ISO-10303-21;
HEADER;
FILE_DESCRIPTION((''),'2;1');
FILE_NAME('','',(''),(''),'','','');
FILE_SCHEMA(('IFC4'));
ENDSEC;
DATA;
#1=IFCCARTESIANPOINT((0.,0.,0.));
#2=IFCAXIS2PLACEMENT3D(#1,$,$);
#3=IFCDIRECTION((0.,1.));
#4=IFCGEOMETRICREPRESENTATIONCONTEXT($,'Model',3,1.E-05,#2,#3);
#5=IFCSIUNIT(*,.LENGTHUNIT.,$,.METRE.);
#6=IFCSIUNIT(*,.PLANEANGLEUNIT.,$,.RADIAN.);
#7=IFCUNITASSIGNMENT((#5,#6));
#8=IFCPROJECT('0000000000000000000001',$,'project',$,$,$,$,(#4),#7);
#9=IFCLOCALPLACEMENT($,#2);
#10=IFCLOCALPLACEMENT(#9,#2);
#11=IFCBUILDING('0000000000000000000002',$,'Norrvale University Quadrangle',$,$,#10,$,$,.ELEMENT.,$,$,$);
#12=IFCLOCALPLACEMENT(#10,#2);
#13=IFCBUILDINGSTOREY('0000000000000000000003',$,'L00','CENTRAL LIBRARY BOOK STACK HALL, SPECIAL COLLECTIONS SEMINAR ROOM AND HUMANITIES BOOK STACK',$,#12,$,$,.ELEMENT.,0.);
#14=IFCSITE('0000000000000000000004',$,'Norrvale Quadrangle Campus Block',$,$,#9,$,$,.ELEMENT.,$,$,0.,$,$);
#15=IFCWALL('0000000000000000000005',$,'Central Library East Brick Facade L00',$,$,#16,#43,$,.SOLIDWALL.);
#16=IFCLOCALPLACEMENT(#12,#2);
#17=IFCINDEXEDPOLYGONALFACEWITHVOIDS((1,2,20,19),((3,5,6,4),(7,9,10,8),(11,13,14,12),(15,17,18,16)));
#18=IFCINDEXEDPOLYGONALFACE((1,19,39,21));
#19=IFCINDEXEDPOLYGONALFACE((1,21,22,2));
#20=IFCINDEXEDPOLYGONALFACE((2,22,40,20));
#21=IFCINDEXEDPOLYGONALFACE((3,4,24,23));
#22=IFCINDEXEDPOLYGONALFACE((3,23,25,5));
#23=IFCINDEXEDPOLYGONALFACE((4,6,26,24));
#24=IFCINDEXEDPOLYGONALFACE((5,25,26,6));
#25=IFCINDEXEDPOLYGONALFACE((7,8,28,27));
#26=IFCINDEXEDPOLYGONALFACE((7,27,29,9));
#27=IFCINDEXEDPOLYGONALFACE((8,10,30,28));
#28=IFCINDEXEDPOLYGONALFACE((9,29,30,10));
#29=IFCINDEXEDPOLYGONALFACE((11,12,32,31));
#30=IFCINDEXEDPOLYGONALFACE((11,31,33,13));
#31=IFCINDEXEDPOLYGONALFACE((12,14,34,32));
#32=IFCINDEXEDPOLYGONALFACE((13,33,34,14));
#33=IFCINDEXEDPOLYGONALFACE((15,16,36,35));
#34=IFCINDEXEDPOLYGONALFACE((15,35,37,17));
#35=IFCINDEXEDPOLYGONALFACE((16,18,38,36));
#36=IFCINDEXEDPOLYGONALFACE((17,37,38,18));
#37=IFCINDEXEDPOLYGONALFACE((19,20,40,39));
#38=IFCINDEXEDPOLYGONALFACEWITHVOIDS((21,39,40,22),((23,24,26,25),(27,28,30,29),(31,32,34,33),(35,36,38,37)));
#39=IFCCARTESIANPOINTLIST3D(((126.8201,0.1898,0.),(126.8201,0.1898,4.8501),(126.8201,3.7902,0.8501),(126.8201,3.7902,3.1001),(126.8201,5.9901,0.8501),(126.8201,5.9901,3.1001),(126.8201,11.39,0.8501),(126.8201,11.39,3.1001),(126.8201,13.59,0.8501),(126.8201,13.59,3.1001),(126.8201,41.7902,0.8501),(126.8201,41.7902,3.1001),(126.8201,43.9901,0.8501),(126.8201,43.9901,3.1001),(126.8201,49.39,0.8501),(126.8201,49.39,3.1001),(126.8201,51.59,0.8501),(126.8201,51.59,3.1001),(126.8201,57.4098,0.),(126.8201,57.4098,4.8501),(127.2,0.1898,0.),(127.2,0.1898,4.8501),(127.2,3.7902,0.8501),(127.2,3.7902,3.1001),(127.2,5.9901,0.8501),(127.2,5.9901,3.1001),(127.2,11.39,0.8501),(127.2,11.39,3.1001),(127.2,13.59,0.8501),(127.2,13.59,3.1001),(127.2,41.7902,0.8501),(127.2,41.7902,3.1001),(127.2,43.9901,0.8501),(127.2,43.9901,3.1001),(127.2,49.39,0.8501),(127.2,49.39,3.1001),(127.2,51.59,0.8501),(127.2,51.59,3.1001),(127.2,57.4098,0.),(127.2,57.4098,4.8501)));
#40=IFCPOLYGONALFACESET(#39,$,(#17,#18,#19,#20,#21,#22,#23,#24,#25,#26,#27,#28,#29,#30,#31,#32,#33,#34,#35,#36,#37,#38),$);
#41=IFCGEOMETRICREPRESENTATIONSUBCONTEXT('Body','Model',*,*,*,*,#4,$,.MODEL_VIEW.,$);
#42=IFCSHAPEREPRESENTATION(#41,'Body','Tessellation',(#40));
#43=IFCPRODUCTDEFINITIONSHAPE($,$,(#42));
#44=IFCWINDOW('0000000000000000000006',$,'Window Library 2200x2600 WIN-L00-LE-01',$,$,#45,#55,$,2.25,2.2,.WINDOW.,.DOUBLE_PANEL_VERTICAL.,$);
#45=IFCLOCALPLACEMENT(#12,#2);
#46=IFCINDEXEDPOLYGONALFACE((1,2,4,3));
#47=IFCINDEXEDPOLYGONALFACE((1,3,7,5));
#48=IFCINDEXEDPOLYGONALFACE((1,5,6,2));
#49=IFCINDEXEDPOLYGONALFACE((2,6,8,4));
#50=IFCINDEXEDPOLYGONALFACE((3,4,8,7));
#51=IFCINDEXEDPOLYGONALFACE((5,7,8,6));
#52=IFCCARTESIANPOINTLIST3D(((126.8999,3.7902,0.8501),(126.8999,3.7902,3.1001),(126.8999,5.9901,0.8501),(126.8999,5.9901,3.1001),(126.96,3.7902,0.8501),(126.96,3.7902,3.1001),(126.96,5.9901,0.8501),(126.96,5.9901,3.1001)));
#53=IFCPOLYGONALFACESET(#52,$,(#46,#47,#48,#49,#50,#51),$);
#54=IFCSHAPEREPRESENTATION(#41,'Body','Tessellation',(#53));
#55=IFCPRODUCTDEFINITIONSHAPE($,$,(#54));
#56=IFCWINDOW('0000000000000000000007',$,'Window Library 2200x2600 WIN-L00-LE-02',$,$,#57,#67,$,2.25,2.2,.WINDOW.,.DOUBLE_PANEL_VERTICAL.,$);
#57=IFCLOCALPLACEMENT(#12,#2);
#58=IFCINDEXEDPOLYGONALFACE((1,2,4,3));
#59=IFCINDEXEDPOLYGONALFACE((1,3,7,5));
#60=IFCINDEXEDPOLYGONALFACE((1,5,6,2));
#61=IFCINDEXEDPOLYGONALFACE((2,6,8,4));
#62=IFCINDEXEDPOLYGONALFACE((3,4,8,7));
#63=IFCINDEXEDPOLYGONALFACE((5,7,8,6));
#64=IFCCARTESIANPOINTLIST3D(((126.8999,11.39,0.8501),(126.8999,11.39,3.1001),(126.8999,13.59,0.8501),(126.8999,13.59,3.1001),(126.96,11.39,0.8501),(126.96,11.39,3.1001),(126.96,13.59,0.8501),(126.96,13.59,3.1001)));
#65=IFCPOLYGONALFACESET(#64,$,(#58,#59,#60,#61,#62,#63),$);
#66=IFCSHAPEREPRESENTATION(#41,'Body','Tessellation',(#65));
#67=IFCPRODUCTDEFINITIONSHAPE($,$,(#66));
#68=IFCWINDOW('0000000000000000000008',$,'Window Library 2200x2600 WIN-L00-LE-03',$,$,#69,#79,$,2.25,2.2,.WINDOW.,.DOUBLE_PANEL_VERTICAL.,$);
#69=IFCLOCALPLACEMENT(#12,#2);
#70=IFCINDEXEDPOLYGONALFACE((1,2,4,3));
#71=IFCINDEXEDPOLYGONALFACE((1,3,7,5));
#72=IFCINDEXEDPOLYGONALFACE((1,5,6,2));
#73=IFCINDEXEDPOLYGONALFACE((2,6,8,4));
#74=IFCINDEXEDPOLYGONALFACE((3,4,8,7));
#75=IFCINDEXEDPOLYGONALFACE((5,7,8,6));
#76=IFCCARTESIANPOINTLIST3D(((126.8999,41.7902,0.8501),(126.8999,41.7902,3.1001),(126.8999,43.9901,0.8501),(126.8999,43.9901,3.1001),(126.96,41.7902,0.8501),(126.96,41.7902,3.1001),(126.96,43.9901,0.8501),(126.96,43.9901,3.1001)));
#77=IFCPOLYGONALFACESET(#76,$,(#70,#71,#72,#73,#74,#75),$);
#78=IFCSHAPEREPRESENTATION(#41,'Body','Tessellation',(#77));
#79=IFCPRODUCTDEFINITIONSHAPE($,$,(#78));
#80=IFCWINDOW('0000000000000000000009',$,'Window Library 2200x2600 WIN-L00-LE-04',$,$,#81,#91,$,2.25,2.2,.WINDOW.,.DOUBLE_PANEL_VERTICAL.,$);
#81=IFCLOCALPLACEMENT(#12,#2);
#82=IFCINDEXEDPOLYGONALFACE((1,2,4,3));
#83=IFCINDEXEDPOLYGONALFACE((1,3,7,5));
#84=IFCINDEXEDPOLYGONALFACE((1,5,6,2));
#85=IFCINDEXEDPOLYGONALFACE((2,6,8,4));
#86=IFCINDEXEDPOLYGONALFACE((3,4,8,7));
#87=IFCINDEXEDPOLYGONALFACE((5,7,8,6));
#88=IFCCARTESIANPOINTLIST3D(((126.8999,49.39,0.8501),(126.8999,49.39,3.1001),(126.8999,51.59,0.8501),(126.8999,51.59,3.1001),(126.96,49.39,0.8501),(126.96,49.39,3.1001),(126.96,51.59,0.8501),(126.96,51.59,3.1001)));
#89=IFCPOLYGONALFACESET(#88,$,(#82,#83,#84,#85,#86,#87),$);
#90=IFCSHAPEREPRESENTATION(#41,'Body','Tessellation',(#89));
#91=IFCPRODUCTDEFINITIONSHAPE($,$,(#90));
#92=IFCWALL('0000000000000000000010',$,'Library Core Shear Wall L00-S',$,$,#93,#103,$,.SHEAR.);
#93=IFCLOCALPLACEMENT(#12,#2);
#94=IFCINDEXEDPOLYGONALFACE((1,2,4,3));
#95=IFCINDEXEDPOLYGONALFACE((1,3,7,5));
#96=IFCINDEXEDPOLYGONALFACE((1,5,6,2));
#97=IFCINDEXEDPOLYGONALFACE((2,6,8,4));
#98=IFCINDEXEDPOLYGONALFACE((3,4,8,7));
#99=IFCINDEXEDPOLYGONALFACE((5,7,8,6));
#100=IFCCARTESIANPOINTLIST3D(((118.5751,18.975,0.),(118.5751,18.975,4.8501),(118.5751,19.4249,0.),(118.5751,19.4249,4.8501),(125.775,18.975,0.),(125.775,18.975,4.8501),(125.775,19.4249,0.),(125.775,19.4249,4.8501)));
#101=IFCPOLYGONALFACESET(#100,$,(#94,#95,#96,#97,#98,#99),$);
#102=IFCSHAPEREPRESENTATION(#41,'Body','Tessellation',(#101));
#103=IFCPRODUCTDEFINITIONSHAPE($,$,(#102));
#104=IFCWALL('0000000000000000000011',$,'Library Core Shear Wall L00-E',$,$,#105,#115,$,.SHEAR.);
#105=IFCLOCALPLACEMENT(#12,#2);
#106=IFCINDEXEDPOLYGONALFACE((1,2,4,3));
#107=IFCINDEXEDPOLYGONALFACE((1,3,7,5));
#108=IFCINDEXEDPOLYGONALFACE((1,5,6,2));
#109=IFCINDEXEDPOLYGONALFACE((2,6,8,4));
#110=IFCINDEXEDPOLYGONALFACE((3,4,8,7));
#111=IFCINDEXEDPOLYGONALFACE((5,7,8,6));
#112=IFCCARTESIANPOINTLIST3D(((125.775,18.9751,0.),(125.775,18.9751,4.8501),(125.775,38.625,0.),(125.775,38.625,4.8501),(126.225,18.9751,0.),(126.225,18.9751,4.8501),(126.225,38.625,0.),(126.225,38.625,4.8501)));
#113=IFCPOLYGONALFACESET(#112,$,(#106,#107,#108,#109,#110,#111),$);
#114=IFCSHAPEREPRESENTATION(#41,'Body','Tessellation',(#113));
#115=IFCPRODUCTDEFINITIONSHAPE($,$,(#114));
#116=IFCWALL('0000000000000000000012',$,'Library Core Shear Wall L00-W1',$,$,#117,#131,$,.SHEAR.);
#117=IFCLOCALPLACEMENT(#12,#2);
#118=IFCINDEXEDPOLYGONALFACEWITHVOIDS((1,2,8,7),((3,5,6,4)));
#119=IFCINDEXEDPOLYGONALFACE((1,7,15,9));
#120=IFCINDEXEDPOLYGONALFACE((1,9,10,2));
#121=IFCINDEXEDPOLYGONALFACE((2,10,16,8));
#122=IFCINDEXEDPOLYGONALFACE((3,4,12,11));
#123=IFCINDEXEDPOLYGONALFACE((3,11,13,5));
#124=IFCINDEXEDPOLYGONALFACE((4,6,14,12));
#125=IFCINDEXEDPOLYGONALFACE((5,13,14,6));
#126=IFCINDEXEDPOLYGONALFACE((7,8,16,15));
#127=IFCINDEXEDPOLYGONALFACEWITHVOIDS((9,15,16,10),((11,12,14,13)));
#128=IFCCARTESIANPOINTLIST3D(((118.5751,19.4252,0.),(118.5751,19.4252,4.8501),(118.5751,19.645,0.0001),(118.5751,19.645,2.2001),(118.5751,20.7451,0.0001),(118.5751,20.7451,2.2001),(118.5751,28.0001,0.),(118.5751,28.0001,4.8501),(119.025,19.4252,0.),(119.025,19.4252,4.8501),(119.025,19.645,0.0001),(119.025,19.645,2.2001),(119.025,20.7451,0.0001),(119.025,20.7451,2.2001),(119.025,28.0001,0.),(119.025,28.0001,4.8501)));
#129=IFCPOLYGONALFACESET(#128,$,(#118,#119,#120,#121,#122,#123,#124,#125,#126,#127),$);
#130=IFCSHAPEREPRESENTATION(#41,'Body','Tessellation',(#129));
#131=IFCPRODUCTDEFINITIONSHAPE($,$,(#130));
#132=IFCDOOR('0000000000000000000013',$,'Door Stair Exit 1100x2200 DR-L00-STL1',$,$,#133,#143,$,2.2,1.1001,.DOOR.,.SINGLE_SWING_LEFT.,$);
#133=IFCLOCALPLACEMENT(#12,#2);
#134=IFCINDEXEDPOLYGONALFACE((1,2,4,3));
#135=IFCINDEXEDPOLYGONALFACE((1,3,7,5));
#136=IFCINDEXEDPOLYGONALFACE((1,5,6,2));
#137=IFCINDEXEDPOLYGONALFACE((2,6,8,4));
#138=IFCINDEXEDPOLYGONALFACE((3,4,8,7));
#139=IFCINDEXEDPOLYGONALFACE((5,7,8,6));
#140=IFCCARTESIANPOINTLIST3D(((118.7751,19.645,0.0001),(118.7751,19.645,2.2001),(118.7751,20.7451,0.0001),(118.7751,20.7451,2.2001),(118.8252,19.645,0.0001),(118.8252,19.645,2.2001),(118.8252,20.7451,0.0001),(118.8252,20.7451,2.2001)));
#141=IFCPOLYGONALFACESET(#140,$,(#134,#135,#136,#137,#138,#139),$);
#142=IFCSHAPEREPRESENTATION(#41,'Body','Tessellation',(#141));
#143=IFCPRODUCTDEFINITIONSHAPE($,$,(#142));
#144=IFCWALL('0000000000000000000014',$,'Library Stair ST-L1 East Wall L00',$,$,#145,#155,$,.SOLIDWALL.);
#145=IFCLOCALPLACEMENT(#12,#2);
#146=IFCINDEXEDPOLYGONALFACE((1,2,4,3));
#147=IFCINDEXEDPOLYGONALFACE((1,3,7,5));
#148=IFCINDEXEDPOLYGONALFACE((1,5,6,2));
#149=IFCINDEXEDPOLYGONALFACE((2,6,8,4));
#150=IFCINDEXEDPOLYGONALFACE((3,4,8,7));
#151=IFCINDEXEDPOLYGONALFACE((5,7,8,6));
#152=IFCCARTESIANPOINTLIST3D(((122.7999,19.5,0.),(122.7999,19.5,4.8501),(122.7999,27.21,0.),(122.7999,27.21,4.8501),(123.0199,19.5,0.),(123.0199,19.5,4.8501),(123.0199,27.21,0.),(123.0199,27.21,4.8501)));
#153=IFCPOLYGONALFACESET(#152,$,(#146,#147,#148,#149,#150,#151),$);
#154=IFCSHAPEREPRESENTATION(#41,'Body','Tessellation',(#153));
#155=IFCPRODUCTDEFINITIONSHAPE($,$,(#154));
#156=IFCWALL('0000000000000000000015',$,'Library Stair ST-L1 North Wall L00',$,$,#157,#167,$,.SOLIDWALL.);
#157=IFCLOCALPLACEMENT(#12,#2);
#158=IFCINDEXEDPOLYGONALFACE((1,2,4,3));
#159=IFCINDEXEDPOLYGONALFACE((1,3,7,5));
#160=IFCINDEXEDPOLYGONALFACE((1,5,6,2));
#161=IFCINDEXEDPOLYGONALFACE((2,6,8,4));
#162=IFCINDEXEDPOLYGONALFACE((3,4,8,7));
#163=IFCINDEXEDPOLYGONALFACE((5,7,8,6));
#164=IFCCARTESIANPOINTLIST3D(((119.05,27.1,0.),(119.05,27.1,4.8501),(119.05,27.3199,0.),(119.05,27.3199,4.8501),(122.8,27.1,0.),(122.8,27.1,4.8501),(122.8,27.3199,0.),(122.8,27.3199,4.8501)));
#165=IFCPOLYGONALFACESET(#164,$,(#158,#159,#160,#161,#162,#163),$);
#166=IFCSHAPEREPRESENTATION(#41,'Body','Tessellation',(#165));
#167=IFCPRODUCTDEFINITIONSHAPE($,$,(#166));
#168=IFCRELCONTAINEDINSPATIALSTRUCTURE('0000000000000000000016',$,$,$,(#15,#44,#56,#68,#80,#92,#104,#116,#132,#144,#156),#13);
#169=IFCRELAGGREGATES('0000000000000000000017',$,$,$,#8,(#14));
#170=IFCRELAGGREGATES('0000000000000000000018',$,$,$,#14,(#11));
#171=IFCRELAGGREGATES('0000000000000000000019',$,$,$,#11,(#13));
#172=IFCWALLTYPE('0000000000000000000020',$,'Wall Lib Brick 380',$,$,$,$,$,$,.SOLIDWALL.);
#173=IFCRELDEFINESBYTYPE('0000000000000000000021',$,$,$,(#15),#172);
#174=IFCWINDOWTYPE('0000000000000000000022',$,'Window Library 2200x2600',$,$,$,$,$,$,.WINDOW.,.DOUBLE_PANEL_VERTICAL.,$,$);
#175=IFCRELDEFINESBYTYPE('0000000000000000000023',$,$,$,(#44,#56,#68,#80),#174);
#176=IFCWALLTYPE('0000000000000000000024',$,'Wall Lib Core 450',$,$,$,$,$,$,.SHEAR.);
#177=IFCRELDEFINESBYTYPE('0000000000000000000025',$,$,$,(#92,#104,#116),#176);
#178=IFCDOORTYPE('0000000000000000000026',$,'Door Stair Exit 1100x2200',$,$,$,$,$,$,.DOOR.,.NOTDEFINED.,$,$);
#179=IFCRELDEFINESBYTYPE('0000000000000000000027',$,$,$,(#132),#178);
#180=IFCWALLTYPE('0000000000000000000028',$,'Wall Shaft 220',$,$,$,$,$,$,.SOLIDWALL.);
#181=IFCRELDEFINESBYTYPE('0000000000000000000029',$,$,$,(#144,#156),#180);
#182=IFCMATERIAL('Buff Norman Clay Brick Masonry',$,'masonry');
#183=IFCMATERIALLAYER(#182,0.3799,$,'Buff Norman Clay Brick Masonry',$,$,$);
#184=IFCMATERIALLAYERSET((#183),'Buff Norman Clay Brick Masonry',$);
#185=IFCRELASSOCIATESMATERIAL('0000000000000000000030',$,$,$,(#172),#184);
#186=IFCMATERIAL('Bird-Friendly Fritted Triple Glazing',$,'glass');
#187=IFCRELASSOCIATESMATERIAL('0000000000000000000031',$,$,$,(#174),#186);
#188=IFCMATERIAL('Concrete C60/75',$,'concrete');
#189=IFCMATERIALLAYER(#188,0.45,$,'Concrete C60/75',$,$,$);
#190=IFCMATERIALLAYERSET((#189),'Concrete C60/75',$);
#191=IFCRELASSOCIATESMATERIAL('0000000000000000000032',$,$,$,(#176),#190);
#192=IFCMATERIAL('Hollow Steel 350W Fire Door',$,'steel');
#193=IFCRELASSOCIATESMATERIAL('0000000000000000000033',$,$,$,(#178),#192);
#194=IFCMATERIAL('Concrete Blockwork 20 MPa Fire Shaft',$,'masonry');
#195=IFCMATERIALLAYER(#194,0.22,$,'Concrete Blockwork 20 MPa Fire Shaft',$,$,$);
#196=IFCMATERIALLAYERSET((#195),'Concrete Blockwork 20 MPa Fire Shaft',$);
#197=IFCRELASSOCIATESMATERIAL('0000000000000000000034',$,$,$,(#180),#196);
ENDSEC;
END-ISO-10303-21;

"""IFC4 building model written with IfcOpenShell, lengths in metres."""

from ifc_helpers import new_model, si_unit, direction, frame, frame_2d, origin, place, context, subcontext, project, spatial, rectangle, extrude, material, layer, layer_set, type_object, element, fill, save


model = new_model("IFC4")

# Units and contexts
model_context = context("Model", 3, precision=1e-05, world=origin(), true_north=direction((0.0, 1.0)))
body_context = subcontext(model_context, "Body", "Model", "MODEL_VIEW")
ifc_project = project(units=[si_unit("LENGTHUNIT", "METRE"), si_unit("PLANEANGLEUNIT", "RADIAN")], contexts=[model_context])

# Site, building, storey
site_placement = place(None, origin())
site = spatial("IfcSite", under=ifc_project, at=site_placement, Name="Norrvale Quadrangle Campus Block", CompositionType="ELEMENT", RefElevation=0.0)
building_placement = place(site_placement, origin())
building = spatial("IfcBuilding", under=site, at=building_placement, Name="Norrvale University Quadrangle", CompositionType="ELEMENT")
storey_placement = place(building_placement, origin())
storey = spatial("IfcBuildingStorey", under=building, at=storey_placement, Name="L00", Description="CENTRAL LIBRARY BOOK STACK HALL, SPECIAL COLLECTIONS SEMINAR ROOM AND HUMANITIES BOOK STACK", CompositionType="ELEMENT", Elevation=0.0)

# Shared definitions
ifc_material_1 = material(Name="Concrete C60/75", Category="concrete")

# Wall, openings, windows
ifc_material_2 = material(Name="Buff Norman Clay Brick Masonry", Category="masonry")
ifc_layer_1 = layer(ifc_material_2, 0.3799, Name="Buff Norman Clay Brick Masonry")
ifc_layer_set_1 = layer_set([ifc_layer_1], Name="Buff Norman Clay Brick Masonry")
wall_type_1 = type_object("IfcWallType", Name="Wall Lib Brick 380", PredefinedType="SOLIDWALL", material=ifc_layer_set_1)
wall_1_placement = place(storey_placement, frame((127.01, 0.1899, 0.0), z_axis=(0.0, 0.0, 1.0), x_axis=(0.0, 1.0, 0.0)))
wall_1 = element("IfcWall", 1, at=wall_1_placement, inside=storey, type_object=wall_type_1, Name="Central Library East Brick Facade L00", PredefinedType="SOLIDWALL", context=body_context, shape_type="SweptSolid", body=[
    extrude(rectangle(XDim=57.22, YDim=0.3799, at=frame_2d((28.6099, 0.0))), origin(), (0.0, 0.0, 1.0), 4.8501),
])
opening_1_placement = place(wall_1_placement, frame((3.6001, 0.0, 0.8501)))
opening_1 = element("IfcOpeningElement", 2, at=opening_1_placement, cuts=wall_1, PredefinedType="OPENING", context=body_context, shape_type="SweptSolid", body=[
    extrude(rectangle(XDim=2.2, YDim=2.25, at=frame_2d((1.1001, 1.125))), frame((0.0, 0.2019, 0.0), z_axis=(0.0, -1.0, 0.0), x_axis=(1.0, 0.0, 0.0)), (0.0, 0.0, 1.0), 0.4038),
])
opening_2_placement = place(wall_1_placement, frame((11.2, 0.0, 0.8501)))
opening_2 = element("IfcOpeningElement", 3, at=opening_2_placement, cuts=wall_1, PredefinedType="OPENING", context=body_context, shape_type="SweptSolid", body=[
    extrude(rectangle(XDim=2.2, YDim=2.25, at=frame_2d((1.1001, 1.125))), frame((0.0, 0.2019, 0.0), z_axis=(0.0, -1.0, 0.0), x_axis=(1.0, 0.0, 0.0)), (0.0, 0.0, 1.0), 0.4038),
])
opening_3_placement = place(wall_1_placement, frame((41.6001, 0.0, 0.8501)))
opening_3 = element("IfcOpeningElement", 4, at=opening_3_placement, cuts=wall_1, PredefinedType="OPENING", context=body_context, shape_type="SweptSolid", body=[
    extrude(rectangle(XDim=2.2, YDim=2.25, at=frame_2d((1.1001, 1.125))), frame((0.0, 0.2019, 0.0), z_axis=(0.0, -1.0, 0.0), x_axis=(1.0, 0.0, 0.0)), (0.0, 0.0, 1.0), 0.4038),
])
opening_4_placement = place(wall_1_placement, frame((49.2, 0.0, 0.8501)))
opening_4 = element("IfcOpeningElement", 5, at=opening_4_placement, cuts=wall_1, PredefinedType="OPENING", context=body_context, shape_type="SweptSolid", body=[
    extrude(rectangle(XDim=2.2, YDim=2.25, at=frame_2d((1.1001, 1.125))), frame((0.0, 0.2019, 0.0), z_axis=(0.0, -1.0, 0.0), x_axis=(1.0, 0.0, 0.0)), (0.0, 0.0, 1.0), 0.4038),
])
ifc_material_3 = material(Name="Bird-Friendly Fritted Triple Glazing", Category="glass")
window_type = type_object("IfcWindowType", Name="Window Library 2200x2600", PartitioningType="DOUBLE_PANEL_VERTICAL", PredefinedType="WINDOW", material=ifc_material_3)
window_1_placement = place(opening_1_placement, origin())
window_1 = element("IfcWindow", 6, at=window_1_placement, inside=storey, type_object=window_type, Name="Window Library 2200x2600 WIN-L00-LE-01", OverallHeight=2.25, OverallWidth=2.2, PartitioningType="DOUBLE_PANEL_VERTICAL", PredefinedType="WINDOW", context=body_context, shape_type="SweptSolid", body=[
    extrude(rectangle(XDim=2.2, YDim=2.25, at=frame_2d((1.1001, 1.125))), frame((0.0, 0.1101, 0.0), z_axis=(0.0, -1.0, 0.0), x_axis=(1.0, 0.0, 0.0)), (0.0, 0.0, 1.0), 0.0601),
])
fill(opening_1, window_1)
window_2_placement = place(opening_2_placement, origin())
window_2 = element("IfcWindow", 7, at=window_2_placement, inside=storey, type_object=window_type, Name="Window Library 2200x2600 WIN-L00-LE-02", OverallHeight=2.25, OverallWidth=2.2, PartitioningType="DOUBLE_PANEL_VERTICAL", PredefinedType="WINDOW", context=body_context, shape_type="SweptSolid", body=[
    extrude(rectangle(XDim=2.2, YDim=2.25, at=frame_2d((1.1001, 1.125))), frame((0.0, 0.1101, 0.0), z_axis=(0.0, -1.0, 0.0), x_axis=(1.0, 0.0, 0.0)), (0.0, 0.0, 1.0), 0.0601),
])
fill(opening_2, window_2)
window_3_placement = place(opening_3_placement, origin())
window_3 = element("IfcWindow", 8, at=window_3_placement, inside=storey, type_object=window_type, Name="Window Library 2200x2600 WIN-L00-LE-03", OverallHeight=2.25, OverallWidth=2.2, PartitioningType="DOUBLE_PANEL_VERTICAL", PredefinedType="WINDOW", context=body_context, shape_type="SweptSolid", body=[
    extrude(rectangle(XDim=2.2, YDim=2.25, at=frame_2d((1.1001, 1.125))), frame((0.0, 0.1101, 0.0), z_axis=(0.0, -1.0, 0.0), x_axis=(1.0, 0.0, 0.0)), (0.0, 0.0, 1.0), 0.0601),
])
fill(opening_3, window_3)
window_4_placement = place(opening_4_placement, origin())
window_4 = element("IfcWindow", 9, at=window_4_placement, inside=storey, type_object=window_type, Name="Window Library 2200x2600 WIN-L00-LE-04", OverallHeight=2.25, OverallWidth=2.2, PartitioningType="DOUBLE_PANEL_VERTICAL", PredefinedType="WINDOW", context=body_context, shape_type="SweptSolid", body=[
    extrude(rectangle(XDim=2.2, YDim=2.25, at=frame_2d((1.1001, 1.125))), frame((0.0, 0.1101, 0.0), z_axis=(0.0, -1.0, 0.0), x_axis=(1.0, 0.0, 0.0)), (0.0, 0.0, 1.0), 0.0601),
])
fill(opening_4, window_4)

# Walls
ifc_layer_2 = layer(ifc_material_1, 0.45, Name="Concrete C60/75")
ifc_layer_set_2 = layer_set([ifc_layer_2], Name="Concrete C60/75")
wall_type_2 = type_object("IfcWallType", Name="Wall Lib Core 450", PredefinedType="SHEAR", material=ifc_layer_set_2)
wall_2_placement = place(storey_placement, frame((118.575, 19.2, 0.0), z_axis=(0.0, 0.0, 1.0), x_axis=(1.0, 0.0, 0.0)))
element("IfcWall", 10, at=wall_2_placement, inside=storey, type_object=wall_type_2, Name="Library Core Shear Wall L00-S", PredefinedType="SHEAR", context=body_context, shape_type="SweptSolid", body=[
    extrude(rectangle(XDim=7.2, YDim=0.45, at=frame_2d((3.6001, 0.0))), origin(), (0.0, 0.0, 1.0), 4.8501),
])
wall_3_placement = place(storey_placement, frame((126.0, 18.9751, 0.0), z_axis=(0.0, 0.0, 1.0), x_axis=(0.0, 1.0, 0.0)))
element("IfcWall", 11, at=wall_3_placement, inside=storey, type_object=wall_type_2, Name="Library Core Shear Wall L00-E", PredefinedType="SHEAR", context=body_context, shape_type="SweptSolid", body=[
    extrude(rectangle(XDim=19.6499, YDim=0.45, at=frame_2d((9.825, 0.0))), origin(), (0.0, 0.0, 1.0), 4.8501),
])

# Wall, opening, door
wall_4_placement = place(storey_placement, frame((118.8, 19.425, 0.0), z_axis=(0.0, 0.0, 1.0), x_axis=(0.0, 1.0, 0.0)))
wall_4 = element("IfcWall", 12, at=wall_4_placement, inside=storey, type_object=wall_type_2, Name="Library Core Shear Wall L00-W1", PredefinedType="SHEAR", context=body_context, shape_type="SweptSolid", body=[
    extrude(rectangle(XDim=8.575, YDim=0.45, at=frame_2d((4.2876, 0.0))), origin(), (0.0, 0.0, 1.0), 4.8501),
])
opening_5_placement = place(wall_4_placement, frame((0.22, 0.0, 0.0)))
opening_5 = element("IfcOpeningElement", 13, at=opening_5_placement, cuts=wall_4, PredefinedType="OPENING", context=body_context, shape_type="SweptSolid", body=[
    extrude(rectangle(XDim=1.1001, YDim=2.2, at=frame_2d((0.55, 1.1001))), frame((0.0, 0.2371, 0.0), z_axis=(0.0, -1.0, 0.0), x_axis=(1.0, 0.0, 0.0)), (0.0, 0.0, 1.0), 0.4739),
])
ifc_material_4 = material(Name="Hollow Steel 350W Fire Door", Category="steel")
door_type_1 = type_object("IfcDoorType", Name="Door Stair Exit 1100x2200", OperationType="NOTDEFINED", PredefinedType="DOOR", material=ifc_material_4)
door_1_placement = place(opening_5_placement, origin())
door_1 = element("IfcDoor", 14, at=door_1_placement, inside=storey, type_object=door_type_1, Name="Door Stair Exit 1100x2200 DR-L00-STL1", OperationType="SINGLE_SWING_LEFT", OverallHeight=2.2, OverallWidth=1.1001, PredefinedType="DOOR", context=body_context, shape_type="SweptSolid", body=[
    extrude(rectangle(XDim=1.1001, YDim=2.2, at=frame_2d((0.55, 1.1001))), frame((0.0, 0.0249, 0.0), z_axis=(0.0, -1.0, 0.0), x_axis=(1.0, 0.0, 0.0)), (0.0, 0.0, 1.0), 0.05),
])
fill(opening_5, door_1)

# Walls
ifc_material_5 = material(Name="Concrete Blockwork 20 MPa Fire Shaft", Category="masonry")
ifc_layer_3 = layer(ifc_material_5, 0.22, Name="Concrete Blockwork 20 MPa Fire Shaft")
ifc_layer_set_3 = layer_set([ifc_layer_3], Name="Concrete Blockwork 20 MPa Fire Shaft")
wall_type_3 = type_object("IfcWallType", Name="Wall Shaft 220", PredefinedType="SOLIDWALL", material=ifc_layer_set_3)
wall_5_placement = place(storey_placement, frame((122.9099, 19.5, 0.0), z_axis=(0.0, 0.0, 1.0), x_axis=(0.0, 1.0, 0.0)))
element("IfcWall", 15, at=wall_5_placement, inside=storey, type_object=wall_type_3, Name="Library Stair ST-L1 East Wall L00", PredefinedType="SOLIDWALL", context=body_context, shape_type="SweptSolid", body=[
    extrude(rectangle(XDim=7.71, YDim=0.22, at=frame_2d((3.855, 0.0))), origin(), (0.0, 0.0, 1.0), 4.8501),
])
wall_6_placement = place(storey_placement, frame((119.05, 27.21, 0.0), z_axis=(0.0, 0.0, 1.0), x_axis=(1.0, 0.0, 0.0)))
element("IfcWall", 16, at=wall_6_placement, inside=storey, type_object=wall_type_3, Name="Library Stair ST-L1 North Wall L00", PredefinedType="SOLIDWALL", context=body_context, shape_type="SweptSolid", body=[
    extrude(rectangle(XDim=3.75, YDim=0.22, at=frame_2d((1.875, 0.0))), origin(), (0.0, 0.0, 1.0), 4.8501),
])

save(model, "model.ifc")
